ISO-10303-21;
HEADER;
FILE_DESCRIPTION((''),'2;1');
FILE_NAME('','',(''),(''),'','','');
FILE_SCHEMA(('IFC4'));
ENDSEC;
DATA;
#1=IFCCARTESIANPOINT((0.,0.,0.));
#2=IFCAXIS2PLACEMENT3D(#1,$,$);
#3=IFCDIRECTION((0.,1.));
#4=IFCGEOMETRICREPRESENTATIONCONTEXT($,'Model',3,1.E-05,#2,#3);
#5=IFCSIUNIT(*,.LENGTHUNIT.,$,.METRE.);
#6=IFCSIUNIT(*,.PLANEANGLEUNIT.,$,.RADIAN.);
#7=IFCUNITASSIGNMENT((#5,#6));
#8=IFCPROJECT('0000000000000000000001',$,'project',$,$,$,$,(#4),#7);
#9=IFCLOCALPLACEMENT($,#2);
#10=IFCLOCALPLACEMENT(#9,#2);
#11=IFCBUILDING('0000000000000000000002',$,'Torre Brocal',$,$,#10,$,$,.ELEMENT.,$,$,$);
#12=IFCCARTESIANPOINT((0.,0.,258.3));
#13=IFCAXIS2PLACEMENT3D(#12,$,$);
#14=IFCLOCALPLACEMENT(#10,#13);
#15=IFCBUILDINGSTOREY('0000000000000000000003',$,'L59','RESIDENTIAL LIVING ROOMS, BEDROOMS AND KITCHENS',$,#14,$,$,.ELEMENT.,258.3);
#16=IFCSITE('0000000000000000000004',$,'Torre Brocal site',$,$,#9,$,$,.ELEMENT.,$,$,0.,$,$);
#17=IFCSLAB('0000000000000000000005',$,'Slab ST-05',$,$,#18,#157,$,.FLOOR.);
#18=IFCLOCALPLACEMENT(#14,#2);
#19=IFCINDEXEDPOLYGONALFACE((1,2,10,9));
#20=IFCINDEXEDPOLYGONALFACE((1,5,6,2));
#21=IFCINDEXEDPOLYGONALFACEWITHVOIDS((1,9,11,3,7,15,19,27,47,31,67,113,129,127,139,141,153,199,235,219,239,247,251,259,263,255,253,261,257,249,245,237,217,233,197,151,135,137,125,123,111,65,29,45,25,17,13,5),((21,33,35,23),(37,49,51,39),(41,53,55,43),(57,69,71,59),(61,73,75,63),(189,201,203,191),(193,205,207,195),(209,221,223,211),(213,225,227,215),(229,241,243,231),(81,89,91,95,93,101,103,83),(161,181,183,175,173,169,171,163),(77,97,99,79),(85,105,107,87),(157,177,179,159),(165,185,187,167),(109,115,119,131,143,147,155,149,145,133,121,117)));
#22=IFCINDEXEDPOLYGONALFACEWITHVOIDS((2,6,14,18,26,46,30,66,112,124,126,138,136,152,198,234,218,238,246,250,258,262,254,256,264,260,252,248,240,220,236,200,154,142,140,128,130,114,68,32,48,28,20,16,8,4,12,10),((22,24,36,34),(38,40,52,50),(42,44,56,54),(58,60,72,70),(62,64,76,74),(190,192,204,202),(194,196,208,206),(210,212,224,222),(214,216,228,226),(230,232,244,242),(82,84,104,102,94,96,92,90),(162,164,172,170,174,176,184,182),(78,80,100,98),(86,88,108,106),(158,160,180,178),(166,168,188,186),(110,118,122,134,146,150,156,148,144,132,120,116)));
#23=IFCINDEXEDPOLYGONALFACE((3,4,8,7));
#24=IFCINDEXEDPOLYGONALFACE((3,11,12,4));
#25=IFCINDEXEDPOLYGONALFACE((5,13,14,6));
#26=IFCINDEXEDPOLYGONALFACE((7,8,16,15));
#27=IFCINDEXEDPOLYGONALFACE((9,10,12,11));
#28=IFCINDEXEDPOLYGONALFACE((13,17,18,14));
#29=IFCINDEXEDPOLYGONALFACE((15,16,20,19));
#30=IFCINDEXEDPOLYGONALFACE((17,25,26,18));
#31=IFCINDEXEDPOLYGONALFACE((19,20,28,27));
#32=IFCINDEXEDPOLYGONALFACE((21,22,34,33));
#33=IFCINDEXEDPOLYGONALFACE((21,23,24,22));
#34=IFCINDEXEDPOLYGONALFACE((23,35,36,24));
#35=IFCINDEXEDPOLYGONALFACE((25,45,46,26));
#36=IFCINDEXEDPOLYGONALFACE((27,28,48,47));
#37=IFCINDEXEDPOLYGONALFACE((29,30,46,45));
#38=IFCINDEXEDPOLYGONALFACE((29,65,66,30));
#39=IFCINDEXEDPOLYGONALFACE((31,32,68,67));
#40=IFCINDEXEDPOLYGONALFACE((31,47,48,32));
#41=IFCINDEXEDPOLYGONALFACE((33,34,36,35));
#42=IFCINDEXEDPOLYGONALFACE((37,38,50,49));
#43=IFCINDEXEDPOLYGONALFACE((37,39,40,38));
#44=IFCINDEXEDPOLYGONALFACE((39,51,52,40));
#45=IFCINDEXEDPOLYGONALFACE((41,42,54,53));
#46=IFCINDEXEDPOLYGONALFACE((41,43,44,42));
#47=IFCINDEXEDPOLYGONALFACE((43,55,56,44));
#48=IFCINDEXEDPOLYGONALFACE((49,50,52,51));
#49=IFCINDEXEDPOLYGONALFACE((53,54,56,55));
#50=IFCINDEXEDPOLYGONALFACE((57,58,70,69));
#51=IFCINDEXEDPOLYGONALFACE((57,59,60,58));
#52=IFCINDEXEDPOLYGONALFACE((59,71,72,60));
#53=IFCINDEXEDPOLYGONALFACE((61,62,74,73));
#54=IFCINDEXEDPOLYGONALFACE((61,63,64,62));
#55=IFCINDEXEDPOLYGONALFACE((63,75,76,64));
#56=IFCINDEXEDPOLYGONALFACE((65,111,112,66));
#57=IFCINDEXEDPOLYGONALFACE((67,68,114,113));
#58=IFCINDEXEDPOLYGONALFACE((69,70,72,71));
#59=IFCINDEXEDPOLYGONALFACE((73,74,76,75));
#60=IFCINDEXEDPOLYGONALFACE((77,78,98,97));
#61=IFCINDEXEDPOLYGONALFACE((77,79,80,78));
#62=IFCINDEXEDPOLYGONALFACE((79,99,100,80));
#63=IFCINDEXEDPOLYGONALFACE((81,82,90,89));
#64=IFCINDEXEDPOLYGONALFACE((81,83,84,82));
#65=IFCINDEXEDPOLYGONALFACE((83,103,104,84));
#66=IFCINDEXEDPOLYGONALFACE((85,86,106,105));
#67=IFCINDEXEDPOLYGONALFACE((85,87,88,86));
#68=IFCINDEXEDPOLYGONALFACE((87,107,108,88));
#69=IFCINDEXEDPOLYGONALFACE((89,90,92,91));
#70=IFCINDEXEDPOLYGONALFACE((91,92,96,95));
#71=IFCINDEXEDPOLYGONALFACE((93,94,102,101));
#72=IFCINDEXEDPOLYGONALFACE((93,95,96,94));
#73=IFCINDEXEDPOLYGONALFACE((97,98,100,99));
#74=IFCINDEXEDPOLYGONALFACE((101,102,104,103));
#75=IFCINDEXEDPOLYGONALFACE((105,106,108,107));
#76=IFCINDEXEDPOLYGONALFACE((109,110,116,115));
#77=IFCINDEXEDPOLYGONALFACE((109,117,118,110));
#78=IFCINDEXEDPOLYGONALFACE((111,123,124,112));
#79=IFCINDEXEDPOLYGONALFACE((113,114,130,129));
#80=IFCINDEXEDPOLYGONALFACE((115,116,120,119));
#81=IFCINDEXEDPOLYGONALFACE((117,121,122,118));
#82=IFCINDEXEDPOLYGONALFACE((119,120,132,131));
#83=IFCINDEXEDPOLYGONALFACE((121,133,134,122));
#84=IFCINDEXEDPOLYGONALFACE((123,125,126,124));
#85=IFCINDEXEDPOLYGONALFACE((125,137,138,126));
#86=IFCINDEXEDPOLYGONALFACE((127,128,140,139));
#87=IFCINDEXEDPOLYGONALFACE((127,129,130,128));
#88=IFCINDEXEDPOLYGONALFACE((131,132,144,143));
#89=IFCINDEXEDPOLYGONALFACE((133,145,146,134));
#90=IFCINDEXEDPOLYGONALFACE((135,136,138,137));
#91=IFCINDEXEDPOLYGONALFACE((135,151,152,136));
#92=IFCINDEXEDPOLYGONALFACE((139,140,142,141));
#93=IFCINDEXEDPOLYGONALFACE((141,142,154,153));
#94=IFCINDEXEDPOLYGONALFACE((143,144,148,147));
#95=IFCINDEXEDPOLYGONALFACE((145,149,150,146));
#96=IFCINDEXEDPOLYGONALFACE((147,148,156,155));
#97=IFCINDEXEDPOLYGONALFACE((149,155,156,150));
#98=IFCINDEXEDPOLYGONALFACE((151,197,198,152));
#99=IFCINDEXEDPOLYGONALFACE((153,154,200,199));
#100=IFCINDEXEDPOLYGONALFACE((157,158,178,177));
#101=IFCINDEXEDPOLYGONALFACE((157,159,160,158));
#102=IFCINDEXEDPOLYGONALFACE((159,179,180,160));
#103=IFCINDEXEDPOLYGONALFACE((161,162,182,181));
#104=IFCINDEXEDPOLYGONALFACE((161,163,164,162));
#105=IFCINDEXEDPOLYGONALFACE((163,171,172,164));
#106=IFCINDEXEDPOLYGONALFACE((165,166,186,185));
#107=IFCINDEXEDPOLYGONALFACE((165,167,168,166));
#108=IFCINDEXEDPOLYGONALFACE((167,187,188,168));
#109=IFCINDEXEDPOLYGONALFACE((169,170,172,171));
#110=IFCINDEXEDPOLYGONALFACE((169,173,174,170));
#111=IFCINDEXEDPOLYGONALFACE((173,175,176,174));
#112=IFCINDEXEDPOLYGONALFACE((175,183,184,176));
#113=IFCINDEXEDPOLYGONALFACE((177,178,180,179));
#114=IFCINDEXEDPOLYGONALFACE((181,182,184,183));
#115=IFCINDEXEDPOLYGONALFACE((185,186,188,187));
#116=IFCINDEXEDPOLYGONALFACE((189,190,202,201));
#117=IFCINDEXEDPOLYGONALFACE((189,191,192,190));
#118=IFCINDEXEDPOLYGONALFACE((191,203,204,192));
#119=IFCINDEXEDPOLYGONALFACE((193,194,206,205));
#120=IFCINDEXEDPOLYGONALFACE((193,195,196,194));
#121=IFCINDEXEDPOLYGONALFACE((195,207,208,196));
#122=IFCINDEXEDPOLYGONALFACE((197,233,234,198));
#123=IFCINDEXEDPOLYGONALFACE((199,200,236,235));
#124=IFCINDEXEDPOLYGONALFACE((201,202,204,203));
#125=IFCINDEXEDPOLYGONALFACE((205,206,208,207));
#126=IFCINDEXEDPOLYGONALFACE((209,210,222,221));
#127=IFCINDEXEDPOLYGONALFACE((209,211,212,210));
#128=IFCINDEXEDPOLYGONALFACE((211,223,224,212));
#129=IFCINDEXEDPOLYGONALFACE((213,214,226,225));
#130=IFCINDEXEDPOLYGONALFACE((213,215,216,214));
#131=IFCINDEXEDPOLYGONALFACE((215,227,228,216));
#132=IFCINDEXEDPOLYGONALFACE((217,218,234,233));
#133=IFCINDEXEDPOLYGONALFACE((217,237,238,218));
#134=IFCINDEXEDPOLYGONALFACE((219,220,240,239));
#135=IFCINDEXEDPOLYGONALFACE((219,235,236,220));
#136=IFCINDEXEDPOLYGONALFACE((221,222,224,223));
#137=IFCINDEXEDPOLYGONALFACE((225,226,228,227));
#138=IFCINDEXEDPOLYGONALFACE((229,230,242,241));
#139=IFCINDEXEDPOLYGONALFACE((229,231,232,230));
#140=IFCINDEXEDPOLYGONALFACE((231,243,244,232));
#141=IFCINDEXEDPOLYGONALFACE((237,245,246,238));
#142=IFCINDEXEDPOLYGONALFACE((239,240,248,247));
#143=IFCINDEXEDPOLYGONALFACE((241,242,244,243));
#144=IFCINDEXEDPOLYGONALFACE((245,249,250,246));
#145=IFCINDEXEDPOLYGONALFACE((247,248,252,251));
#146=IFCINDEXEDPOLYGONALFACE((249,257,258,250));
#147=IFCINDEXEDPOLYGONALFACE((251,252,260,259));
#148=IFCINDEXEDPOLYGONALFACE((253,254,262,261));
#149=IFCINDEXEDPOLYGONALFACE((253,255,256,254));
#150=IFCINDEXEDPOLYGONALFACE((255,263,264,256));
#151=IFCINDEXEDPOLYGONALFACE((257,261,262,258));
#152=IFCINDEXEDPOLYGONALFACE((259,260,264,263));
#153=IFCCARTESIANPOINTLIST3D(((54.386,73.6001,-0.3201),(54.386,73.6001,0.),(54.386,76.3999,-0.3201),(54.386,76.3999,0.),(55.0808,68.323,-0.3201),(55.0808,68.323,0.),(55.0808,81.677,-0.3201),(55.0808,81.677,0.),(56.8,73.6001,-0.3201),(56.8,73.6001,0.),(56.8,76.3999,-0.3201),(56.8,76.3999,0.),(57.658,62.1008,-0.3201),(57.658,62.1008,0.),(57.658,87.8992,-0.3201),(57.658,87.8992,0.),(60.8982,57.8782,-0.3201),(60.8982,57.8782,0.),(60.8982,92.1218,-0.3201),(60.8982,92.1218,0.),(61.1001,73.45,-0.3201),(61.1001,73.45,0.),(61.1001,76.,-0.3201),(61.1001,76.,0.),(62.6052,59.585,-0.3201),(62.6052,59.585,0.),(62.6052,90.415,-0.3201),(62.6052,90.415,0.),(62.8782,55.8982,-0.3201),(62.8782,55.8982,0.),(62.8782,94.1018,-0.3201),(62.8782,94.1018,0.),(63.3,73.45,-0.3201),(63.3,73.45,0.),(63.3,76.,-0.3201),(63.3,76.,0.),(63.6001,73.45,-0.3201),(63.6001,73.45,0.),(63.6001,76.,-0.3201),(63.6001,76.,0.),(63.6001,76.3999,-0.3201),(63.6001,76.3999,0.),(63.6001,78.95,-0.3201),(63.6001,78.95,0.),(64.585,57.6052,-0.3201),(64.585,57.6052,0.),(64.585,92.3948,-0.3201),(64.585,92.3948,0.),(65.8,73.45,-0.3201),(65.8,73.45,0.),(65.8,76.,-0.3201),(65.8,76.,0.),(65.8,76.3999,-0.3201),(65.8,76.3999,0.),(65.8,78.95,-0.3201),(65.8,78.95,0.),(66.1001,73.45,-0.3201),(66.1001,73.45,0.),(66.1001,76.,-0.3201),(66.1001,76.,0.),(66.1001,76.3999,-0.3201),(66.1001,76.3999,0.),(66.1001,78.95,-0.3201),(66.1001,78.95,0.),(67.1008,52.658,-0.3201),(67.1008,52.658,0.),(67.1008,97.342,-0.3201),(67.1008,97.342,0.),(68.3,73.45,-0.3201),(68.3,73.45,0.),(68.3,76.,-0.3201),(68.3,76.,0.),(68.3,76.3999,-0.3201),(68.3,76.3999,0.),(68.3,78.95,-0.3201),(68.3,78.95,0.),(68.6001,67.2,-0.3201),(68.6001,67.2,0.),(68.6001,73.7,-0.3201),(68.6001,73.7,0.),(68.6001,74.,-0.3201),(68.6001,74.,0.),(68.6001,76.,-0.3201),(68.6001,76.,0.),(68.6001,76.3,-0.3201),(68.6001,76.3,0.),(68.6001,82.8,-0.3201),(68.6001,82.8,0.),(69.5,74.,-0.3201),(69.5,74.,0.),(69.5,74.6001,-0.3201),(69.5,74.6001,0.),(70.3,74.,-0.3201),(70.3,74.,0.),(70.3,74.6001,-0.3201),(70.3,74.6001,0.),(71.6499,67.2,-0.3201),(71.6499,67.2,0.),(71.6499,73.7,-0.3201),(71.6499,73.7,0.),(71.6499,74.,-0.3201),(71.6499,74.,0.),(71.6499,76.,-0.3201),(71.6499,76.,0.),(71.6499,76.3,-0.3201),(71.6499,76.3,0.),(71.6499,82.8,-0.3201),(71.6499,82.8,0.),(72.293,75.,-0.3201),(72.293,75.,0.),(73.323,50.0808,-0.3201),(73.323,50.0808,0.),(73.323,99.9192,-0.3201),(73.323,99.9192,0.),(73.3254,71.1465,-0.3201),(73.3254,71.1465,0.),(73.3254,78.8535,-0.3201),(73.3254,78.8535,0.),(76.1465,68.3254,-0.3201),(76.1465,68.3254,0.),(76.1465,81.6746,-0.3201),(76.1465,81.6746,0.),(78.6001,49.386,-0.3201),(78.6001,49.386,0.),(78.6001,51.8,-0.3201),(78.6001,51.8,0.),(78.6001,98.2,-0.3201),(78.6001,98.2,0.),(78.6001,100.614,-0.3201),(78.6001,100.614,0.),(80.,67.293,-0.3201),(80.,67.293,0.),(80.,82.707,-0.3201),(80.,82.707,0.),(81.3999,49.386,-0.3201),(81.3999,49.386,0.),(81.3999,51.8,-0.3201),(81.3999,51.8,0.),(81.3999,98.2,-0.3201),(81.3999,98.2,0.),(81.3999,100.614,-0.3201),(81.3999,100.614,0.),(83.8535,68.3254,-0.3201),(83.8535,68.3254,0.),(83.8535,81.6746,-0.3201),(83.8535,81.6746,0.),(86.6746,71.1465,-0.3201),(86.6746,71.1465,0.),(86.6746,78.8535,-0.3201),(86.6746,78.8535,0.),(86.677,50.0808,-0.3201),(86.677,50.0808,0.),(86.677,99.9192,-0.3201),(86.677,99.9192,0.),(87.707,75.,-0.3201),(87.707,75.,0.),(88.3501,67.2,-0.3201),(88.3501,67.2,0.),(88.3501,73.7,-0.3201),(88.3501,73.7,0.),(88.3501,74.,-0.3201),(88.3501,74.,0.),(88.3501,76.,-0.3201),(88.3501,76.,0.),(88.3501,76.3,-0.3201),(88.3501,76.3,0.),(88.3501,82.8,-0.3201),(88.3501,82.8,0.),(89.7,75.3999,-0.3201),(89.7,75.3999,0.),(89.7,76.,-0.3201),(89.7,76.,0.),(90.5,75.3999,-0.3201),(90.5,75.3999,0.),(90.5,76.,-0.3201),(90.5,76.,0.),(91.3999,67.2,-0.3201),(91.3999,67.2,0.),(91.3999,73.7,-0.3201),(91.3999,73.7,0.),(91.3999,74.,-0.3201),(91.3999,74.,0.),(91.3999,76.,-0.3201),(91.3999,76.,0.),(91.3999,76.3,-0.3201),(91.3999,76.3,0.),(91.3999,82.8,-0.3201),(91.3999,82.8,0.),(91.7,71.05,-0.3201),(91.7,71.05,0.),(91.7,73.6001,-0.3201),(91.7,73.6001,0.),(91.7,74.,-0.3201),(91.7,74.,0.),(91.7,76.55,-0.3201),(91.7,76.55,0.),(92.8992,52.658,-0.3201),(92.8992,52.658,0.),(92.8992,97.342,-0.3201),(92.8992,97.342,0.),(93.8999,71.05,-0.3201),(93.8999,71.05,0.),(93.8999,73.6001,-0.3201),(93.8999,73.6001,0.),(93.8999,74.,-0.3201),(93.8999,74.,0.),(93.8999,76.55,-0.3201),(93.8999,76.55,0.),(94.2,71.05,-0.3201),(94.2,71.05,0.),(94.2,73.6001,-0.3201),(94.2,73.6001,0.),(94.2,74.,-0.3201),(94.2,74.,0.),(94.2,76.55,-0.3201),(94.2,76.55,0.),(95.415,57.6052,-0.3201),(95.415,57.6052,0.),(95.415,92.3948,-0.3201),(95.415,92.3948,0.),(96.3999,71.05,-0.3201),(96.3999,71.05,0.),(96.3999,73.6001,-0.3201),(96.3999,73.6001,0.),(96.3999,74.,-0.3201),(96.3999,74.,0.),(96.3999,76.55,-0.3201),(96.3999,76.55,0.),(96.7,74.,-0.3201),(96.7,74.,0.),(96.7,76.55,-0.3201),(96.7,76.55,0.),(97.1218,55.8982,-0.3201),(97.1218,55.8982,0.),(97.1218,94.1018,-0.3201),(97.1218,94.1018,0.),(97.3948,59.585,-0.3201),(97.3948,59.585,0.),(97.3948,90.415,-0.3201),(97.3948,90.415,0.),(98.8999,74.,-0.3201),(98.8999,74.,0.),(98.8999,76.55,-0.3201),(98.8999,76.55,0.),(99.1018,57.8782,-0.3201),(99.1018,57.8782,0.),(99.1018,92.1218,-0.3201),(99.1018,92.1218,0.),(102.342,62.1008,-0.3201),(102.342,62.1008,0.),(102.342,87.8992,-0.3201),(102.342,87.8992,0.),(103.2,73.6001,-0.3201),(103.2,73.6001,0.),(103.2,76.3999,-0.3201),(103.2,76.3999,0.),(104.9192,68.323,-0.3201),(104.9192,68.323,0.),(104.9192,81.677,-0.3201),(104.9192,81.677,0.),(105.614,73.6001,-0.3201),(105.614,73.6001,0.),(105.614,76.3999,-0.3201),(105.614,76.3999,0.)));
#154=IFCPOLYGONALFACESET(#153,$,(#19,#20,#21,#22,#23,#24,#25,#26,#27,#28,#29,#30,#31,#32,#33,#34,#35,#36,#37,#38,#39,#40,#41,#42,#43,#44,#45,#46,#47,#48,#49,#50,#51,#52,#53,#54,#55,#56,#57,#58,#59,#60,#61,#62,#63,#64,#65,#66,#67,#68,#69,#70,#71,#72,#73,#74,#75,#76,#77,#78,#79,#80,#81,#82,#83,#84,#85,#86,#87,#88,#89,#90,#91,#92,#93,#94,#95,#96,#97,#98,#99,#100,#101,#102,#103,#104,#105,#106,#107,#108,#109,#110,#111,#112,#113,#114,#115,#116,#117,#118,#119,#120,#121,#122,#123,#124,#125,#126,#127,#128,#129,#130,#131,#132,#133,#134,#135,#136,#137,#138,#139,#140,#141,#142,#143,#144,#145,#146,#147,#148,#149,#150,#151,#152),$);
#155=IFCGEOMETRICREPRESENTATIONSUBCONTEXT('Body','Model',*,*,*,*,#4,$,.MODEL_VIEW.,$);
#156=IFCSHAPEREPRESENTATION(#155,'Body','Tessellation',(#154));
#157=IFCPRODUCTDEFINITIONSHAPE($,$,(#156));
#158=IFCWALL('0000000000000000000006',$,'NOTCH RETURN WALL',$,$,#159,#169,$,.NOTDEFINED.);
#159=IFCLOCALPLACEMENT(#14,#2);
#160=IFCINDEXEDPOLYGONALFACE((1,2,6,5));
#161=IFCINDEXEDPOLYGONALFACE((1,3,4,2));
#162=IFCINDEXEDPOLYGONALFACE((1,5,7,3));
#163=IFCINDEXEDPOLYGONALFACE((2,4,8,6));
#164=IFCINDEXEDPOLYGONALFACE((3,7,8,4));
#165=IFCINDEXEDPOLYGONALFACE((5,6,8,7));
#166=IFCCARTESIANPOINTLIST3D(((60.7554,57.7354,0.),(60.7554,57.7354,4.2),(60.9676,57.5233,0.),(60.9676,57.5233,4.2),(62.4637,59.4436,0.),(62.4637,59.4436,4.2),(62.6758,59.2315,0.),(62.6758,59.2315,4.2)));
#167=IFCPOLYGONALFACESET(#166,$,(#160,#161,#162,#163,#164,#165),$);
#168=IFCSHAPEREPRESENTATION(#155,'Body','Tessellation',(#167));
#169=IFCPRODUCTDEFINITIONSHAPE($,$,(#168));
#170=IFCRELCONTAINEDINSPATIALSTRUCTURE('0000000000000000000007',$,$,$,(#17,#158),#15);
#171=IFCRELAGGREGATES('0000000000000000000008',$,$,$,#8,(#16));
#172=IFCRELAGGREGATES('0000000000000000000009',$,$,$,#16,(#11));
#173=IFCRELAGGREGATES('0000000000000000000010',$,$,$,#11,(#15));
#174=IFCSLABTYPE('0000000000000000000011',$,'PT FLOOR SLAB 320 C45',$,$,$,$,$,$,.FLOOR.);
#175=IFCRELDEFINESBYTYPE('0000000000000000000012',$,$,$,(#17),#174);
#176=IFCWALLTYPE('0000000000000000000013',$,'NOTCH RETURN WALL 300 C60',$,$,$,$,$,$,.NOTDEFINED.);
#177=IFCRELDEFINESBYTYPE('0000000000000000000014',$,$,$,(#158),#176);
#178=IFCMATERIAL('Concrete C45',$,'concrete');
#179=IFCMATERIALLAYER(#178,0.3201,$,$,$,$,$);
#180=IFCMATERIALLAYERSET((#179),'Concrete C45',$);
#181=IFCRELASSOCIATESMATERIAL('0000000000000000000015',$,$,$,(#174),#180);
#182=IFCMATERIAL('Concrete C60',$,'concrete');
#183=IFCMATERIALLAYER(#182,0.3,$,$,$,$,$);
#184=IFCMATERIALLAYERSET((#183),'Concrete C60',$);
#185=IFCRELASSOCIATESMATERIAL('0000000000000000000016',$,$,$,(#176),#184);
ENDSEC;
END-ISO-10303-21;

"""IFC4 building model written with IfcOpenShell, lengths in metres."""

from ifc_helpers import new_model, si_unit, direction, frame, frame_2d, origin, place, context, subcontext, project, spatial, polyline, rectangle, outline, extrude, material, layer, layer_set, type_object, element, save


model = new_model("IFC4")

# Units and contexts
model_context = context("Model", 3, precision=1e-05, world=origin(), true_north=direction((0.0, 1.0)))
body_context = subcontext(model_context, "Body", "Model", "MODEL_VIEW")
ifc_project = project(units=[si_unit("LENGTHUNIT", "METRE"), si_unit("PLANEANGLEUNIT", "RADIAN")], contexts=[model_context])

# Site, building, storey
site_placement = place(None, origin())
site = spatial("IfcSite", under=ifc_project, at=site_placement, Name="Torre Brocal site", CompositionType="ELEMENT", RefElevation=0.0)
building_placement = place(site_placement, origin())
building = spatial("IfcBuilding", under=site, at=building_placement, Name="Torre Brocal", CompositionType="ELEMENT")
storey_placement = place(building_placement, frame((0.0, 0.0, 258.3)))
storey = spatial("IfcBuildingStorey", under=building, at=storey_placement, Name="L59", Description="RESIDENTIAL LIVING ROOMS, BEDROOMS AND KITCHENS", CompositionType="ELEMENT", Elevation=258.3)

# Slab
ifc_material_1 = material(Name="Concrete C45", Category="concrete")
ifc_layer_1 = layer(ifc_material_1, 0.3201)
ifc_layer_set_1 = layer_set([ifc_layer_1], Name="Concrete C45")
slab_type_1 = type_object("IfcSlabType", Name="PT FLOOR SLAB 320 C45", PredefinedType="FLOOR", material=ifc_layer_set_1)
slab_1_placement = place(storey_placement, frame((0.0, 0.0, -0.3201)))
element("IfcSlab", 1, at=slab_1_placement, inside=storey, type_object=slab_type_1, Name="Slab ST-05", PredefinedType="FLOOR", context=body_context, shape_type="SweptSolid", body=[
    extrude(outline(polyline([(103.2, 76.3999), (103.2, 73.6001), (105.614, 73.6001), (104.9192, 68.323), (102.342, 62.1008), (99.1018, 57.8782), (97.3948, 59.585), (95.415, 57.6052), (97.1218, 55.8982), (92.8992, 52.658), (86.677, 50.0808), (81.3999, 49.386), (81.3999, 51.8), (78.6001, 51.8), (78.6001, 49.386), (73.323, 50.0808), (67.1008, 52.658), (62.8782, 55.8982), (64.585, 57.6052), (62.6052, 59.585), (60.8982, 57.8782), (57.658, 62.1008), (55.0808, 68.323), (54.386, 73.6001), (56.8, 73.6001), (56.8, 76.3999), (54.386, 76.3999), (55.0808, 81.677), (57.658, 87.8992), (60.8982, 92.1218), (62.6052, 90.415), (64.585, 92.3948), (62.8782, 94.1018), (67.1008, 97.342), (73.323, 99.9192), (78.6001, 100.614), (78.6001, 98.2), (81.3999, 98.2), (81.3999, 100.614), (86.677, 99.9192), (92.8992, 97.342), (97.1218, 94.1018), (95.415, 92.3948), (97.3948, 90.415), (99.1018, 92.1218), (102.342, 87.8992), (104.9192, 81.677), (105.614, 76.3999), (103.2, 76.3999)]), holes=[polyline([(98.8999, 76.55), (96.7, 76.55), (96.7, 74.0), (98.8999, 74.0), (98.8999, 76.55)]), polyline([(96.3999, 76.55), (94.2, 76.55), (94.2, 74.0), (96.3999, 74.0), (96.3999, 76.55)]), polyline([(96.3999, 73.6001), (94.2, 73.6001), (94.2, 71.05), (96.3999, 71.05), (96.3999, 73.6001)]), polyline([(93.8999, 76.55), (91.7, 76.55), (91.7, 74.0), (93.8999, 74.0), (93.8999, 76.55)]), polyline([(93.8999, 73.6001), (91.7, 73.6001), (91.7, 71.05), (93.8999, 71.05), (93.8999, 73.6001)]), polyline([(89.7, 76.0), (88.3501, 76.0), (88.3501, 74.0), (91.3999, 74.0), (91.3999, 76.0), (90.5, 76.0), (90.5, 75.3999), (89.7, 75.3999), (89.7, 76.0)]), polyline([(91.3999, 82.8), (88.3501, 82.8), (88.3501, 76.3), (91.3999, 76.3), (91.3999, 82.8)]), polyline([(91.3999, 73.7), (88.3501, 73.7), (88.3501, 67.2), (91.3999, 67.2), (91.3999, 73.7)]), polyline([(80.0, 82.707), (76.1465, 81.6746), (73.3254, 78.8535), (72.293, 75.0), (73.3254, 71.1465), (76.1465, 68.3254), (80.0, 67.293), (83.8535, 68.3254), (86.6746, 71.1465), (87.707, 75.0), (86.6746, 78.8535), (83.8535, 81.6746), (80.0, 82.707)]), polyline([(70.3, 74.0), (71.6499, 74.0), (71.6499, 76.0), (68.6001, 76.0), (68.6001, 74.0), (69.5, 74.0), (69.5, 74.6001), (70.3, 74.6001), (70.3, 74.0)]), polyline([(68.6001, 76.3), (71.6499, 76.3), (71.6499, 82.8), (68.6001, 82.8), (68.6001, 76.3)]), polyline([(68.6001, 67.2), (71.6499, 67.2), (71.6499, 73.7), (68.6001, 73.7), (68.6001, 67.2)]), polyline([(66.1001, 76.3999), (68.3, 76.3999), (68.3, 78.95), (66.1001, 78.95), (66.1001, 76.3999)]), polyline([(66.1001, 73.45), (68.3, 73.45), (68.3, 76.0), (66.1001, 76.0), (66.1001, 73.45)]), polyline([(63.6001, 76.3999), (65.8, 76.3999), (65.8, 78.95), (63.6001, 78.95), (63.6001, 76.3999)]), polyline([(63.6001, 73.45), (65.8, 73.45), (65.8, 76.0), (63.6001, 76.0), (63.6001, 73.45)]), polyline([(61.1001, 73.45), (63.3, 73.45), (63.3, 76.0), (61.1001, 76.0), (61.1001, 73.45)])]), origin(), (0.0, 0.0, 1.0), 0.3201),
])

# Wall
ifc_material_2 = material(Name="Concrete C60", Category="concrete")
ifc_layer_2 = layer(ifc_material_2, 0.3)
ifc_layer_set_2 = layer_set([ifc_layer_2], Name="Concrete C60")
wall_type_1 = type_object("IfcWallType", Name="NOTCH RETURN WALL 300 C60", PredefinedType="NOTDEFINED", material=ifc_layer_set_2)
for number, where, z_axis, x_axis, name in (
    (2, (62.5698, 59.3376, 0.0), (0.0, 0.0, 1.0), (-0.707107, -0.707107, 0.0), "NOTCH RETURN WALL"),
):
    element("IfcWall", number, at=place(storey_placement, frame(where, z_axis=z_axis, x_axis=x_axis)), inside=storey, type_object=wall_type_1, Name=name, PredefinedType="NOTDEFINED", context=body_context, shape_type="SweptSolid", body=[
        extrude(rectangle(XDim=2.4158, YDim=0.3, at=frame_2d((1.208, 0.0))), origin(), (0.0, 0.0, 1.0), 4.2),
    ])

save(model, "model.ifc")
